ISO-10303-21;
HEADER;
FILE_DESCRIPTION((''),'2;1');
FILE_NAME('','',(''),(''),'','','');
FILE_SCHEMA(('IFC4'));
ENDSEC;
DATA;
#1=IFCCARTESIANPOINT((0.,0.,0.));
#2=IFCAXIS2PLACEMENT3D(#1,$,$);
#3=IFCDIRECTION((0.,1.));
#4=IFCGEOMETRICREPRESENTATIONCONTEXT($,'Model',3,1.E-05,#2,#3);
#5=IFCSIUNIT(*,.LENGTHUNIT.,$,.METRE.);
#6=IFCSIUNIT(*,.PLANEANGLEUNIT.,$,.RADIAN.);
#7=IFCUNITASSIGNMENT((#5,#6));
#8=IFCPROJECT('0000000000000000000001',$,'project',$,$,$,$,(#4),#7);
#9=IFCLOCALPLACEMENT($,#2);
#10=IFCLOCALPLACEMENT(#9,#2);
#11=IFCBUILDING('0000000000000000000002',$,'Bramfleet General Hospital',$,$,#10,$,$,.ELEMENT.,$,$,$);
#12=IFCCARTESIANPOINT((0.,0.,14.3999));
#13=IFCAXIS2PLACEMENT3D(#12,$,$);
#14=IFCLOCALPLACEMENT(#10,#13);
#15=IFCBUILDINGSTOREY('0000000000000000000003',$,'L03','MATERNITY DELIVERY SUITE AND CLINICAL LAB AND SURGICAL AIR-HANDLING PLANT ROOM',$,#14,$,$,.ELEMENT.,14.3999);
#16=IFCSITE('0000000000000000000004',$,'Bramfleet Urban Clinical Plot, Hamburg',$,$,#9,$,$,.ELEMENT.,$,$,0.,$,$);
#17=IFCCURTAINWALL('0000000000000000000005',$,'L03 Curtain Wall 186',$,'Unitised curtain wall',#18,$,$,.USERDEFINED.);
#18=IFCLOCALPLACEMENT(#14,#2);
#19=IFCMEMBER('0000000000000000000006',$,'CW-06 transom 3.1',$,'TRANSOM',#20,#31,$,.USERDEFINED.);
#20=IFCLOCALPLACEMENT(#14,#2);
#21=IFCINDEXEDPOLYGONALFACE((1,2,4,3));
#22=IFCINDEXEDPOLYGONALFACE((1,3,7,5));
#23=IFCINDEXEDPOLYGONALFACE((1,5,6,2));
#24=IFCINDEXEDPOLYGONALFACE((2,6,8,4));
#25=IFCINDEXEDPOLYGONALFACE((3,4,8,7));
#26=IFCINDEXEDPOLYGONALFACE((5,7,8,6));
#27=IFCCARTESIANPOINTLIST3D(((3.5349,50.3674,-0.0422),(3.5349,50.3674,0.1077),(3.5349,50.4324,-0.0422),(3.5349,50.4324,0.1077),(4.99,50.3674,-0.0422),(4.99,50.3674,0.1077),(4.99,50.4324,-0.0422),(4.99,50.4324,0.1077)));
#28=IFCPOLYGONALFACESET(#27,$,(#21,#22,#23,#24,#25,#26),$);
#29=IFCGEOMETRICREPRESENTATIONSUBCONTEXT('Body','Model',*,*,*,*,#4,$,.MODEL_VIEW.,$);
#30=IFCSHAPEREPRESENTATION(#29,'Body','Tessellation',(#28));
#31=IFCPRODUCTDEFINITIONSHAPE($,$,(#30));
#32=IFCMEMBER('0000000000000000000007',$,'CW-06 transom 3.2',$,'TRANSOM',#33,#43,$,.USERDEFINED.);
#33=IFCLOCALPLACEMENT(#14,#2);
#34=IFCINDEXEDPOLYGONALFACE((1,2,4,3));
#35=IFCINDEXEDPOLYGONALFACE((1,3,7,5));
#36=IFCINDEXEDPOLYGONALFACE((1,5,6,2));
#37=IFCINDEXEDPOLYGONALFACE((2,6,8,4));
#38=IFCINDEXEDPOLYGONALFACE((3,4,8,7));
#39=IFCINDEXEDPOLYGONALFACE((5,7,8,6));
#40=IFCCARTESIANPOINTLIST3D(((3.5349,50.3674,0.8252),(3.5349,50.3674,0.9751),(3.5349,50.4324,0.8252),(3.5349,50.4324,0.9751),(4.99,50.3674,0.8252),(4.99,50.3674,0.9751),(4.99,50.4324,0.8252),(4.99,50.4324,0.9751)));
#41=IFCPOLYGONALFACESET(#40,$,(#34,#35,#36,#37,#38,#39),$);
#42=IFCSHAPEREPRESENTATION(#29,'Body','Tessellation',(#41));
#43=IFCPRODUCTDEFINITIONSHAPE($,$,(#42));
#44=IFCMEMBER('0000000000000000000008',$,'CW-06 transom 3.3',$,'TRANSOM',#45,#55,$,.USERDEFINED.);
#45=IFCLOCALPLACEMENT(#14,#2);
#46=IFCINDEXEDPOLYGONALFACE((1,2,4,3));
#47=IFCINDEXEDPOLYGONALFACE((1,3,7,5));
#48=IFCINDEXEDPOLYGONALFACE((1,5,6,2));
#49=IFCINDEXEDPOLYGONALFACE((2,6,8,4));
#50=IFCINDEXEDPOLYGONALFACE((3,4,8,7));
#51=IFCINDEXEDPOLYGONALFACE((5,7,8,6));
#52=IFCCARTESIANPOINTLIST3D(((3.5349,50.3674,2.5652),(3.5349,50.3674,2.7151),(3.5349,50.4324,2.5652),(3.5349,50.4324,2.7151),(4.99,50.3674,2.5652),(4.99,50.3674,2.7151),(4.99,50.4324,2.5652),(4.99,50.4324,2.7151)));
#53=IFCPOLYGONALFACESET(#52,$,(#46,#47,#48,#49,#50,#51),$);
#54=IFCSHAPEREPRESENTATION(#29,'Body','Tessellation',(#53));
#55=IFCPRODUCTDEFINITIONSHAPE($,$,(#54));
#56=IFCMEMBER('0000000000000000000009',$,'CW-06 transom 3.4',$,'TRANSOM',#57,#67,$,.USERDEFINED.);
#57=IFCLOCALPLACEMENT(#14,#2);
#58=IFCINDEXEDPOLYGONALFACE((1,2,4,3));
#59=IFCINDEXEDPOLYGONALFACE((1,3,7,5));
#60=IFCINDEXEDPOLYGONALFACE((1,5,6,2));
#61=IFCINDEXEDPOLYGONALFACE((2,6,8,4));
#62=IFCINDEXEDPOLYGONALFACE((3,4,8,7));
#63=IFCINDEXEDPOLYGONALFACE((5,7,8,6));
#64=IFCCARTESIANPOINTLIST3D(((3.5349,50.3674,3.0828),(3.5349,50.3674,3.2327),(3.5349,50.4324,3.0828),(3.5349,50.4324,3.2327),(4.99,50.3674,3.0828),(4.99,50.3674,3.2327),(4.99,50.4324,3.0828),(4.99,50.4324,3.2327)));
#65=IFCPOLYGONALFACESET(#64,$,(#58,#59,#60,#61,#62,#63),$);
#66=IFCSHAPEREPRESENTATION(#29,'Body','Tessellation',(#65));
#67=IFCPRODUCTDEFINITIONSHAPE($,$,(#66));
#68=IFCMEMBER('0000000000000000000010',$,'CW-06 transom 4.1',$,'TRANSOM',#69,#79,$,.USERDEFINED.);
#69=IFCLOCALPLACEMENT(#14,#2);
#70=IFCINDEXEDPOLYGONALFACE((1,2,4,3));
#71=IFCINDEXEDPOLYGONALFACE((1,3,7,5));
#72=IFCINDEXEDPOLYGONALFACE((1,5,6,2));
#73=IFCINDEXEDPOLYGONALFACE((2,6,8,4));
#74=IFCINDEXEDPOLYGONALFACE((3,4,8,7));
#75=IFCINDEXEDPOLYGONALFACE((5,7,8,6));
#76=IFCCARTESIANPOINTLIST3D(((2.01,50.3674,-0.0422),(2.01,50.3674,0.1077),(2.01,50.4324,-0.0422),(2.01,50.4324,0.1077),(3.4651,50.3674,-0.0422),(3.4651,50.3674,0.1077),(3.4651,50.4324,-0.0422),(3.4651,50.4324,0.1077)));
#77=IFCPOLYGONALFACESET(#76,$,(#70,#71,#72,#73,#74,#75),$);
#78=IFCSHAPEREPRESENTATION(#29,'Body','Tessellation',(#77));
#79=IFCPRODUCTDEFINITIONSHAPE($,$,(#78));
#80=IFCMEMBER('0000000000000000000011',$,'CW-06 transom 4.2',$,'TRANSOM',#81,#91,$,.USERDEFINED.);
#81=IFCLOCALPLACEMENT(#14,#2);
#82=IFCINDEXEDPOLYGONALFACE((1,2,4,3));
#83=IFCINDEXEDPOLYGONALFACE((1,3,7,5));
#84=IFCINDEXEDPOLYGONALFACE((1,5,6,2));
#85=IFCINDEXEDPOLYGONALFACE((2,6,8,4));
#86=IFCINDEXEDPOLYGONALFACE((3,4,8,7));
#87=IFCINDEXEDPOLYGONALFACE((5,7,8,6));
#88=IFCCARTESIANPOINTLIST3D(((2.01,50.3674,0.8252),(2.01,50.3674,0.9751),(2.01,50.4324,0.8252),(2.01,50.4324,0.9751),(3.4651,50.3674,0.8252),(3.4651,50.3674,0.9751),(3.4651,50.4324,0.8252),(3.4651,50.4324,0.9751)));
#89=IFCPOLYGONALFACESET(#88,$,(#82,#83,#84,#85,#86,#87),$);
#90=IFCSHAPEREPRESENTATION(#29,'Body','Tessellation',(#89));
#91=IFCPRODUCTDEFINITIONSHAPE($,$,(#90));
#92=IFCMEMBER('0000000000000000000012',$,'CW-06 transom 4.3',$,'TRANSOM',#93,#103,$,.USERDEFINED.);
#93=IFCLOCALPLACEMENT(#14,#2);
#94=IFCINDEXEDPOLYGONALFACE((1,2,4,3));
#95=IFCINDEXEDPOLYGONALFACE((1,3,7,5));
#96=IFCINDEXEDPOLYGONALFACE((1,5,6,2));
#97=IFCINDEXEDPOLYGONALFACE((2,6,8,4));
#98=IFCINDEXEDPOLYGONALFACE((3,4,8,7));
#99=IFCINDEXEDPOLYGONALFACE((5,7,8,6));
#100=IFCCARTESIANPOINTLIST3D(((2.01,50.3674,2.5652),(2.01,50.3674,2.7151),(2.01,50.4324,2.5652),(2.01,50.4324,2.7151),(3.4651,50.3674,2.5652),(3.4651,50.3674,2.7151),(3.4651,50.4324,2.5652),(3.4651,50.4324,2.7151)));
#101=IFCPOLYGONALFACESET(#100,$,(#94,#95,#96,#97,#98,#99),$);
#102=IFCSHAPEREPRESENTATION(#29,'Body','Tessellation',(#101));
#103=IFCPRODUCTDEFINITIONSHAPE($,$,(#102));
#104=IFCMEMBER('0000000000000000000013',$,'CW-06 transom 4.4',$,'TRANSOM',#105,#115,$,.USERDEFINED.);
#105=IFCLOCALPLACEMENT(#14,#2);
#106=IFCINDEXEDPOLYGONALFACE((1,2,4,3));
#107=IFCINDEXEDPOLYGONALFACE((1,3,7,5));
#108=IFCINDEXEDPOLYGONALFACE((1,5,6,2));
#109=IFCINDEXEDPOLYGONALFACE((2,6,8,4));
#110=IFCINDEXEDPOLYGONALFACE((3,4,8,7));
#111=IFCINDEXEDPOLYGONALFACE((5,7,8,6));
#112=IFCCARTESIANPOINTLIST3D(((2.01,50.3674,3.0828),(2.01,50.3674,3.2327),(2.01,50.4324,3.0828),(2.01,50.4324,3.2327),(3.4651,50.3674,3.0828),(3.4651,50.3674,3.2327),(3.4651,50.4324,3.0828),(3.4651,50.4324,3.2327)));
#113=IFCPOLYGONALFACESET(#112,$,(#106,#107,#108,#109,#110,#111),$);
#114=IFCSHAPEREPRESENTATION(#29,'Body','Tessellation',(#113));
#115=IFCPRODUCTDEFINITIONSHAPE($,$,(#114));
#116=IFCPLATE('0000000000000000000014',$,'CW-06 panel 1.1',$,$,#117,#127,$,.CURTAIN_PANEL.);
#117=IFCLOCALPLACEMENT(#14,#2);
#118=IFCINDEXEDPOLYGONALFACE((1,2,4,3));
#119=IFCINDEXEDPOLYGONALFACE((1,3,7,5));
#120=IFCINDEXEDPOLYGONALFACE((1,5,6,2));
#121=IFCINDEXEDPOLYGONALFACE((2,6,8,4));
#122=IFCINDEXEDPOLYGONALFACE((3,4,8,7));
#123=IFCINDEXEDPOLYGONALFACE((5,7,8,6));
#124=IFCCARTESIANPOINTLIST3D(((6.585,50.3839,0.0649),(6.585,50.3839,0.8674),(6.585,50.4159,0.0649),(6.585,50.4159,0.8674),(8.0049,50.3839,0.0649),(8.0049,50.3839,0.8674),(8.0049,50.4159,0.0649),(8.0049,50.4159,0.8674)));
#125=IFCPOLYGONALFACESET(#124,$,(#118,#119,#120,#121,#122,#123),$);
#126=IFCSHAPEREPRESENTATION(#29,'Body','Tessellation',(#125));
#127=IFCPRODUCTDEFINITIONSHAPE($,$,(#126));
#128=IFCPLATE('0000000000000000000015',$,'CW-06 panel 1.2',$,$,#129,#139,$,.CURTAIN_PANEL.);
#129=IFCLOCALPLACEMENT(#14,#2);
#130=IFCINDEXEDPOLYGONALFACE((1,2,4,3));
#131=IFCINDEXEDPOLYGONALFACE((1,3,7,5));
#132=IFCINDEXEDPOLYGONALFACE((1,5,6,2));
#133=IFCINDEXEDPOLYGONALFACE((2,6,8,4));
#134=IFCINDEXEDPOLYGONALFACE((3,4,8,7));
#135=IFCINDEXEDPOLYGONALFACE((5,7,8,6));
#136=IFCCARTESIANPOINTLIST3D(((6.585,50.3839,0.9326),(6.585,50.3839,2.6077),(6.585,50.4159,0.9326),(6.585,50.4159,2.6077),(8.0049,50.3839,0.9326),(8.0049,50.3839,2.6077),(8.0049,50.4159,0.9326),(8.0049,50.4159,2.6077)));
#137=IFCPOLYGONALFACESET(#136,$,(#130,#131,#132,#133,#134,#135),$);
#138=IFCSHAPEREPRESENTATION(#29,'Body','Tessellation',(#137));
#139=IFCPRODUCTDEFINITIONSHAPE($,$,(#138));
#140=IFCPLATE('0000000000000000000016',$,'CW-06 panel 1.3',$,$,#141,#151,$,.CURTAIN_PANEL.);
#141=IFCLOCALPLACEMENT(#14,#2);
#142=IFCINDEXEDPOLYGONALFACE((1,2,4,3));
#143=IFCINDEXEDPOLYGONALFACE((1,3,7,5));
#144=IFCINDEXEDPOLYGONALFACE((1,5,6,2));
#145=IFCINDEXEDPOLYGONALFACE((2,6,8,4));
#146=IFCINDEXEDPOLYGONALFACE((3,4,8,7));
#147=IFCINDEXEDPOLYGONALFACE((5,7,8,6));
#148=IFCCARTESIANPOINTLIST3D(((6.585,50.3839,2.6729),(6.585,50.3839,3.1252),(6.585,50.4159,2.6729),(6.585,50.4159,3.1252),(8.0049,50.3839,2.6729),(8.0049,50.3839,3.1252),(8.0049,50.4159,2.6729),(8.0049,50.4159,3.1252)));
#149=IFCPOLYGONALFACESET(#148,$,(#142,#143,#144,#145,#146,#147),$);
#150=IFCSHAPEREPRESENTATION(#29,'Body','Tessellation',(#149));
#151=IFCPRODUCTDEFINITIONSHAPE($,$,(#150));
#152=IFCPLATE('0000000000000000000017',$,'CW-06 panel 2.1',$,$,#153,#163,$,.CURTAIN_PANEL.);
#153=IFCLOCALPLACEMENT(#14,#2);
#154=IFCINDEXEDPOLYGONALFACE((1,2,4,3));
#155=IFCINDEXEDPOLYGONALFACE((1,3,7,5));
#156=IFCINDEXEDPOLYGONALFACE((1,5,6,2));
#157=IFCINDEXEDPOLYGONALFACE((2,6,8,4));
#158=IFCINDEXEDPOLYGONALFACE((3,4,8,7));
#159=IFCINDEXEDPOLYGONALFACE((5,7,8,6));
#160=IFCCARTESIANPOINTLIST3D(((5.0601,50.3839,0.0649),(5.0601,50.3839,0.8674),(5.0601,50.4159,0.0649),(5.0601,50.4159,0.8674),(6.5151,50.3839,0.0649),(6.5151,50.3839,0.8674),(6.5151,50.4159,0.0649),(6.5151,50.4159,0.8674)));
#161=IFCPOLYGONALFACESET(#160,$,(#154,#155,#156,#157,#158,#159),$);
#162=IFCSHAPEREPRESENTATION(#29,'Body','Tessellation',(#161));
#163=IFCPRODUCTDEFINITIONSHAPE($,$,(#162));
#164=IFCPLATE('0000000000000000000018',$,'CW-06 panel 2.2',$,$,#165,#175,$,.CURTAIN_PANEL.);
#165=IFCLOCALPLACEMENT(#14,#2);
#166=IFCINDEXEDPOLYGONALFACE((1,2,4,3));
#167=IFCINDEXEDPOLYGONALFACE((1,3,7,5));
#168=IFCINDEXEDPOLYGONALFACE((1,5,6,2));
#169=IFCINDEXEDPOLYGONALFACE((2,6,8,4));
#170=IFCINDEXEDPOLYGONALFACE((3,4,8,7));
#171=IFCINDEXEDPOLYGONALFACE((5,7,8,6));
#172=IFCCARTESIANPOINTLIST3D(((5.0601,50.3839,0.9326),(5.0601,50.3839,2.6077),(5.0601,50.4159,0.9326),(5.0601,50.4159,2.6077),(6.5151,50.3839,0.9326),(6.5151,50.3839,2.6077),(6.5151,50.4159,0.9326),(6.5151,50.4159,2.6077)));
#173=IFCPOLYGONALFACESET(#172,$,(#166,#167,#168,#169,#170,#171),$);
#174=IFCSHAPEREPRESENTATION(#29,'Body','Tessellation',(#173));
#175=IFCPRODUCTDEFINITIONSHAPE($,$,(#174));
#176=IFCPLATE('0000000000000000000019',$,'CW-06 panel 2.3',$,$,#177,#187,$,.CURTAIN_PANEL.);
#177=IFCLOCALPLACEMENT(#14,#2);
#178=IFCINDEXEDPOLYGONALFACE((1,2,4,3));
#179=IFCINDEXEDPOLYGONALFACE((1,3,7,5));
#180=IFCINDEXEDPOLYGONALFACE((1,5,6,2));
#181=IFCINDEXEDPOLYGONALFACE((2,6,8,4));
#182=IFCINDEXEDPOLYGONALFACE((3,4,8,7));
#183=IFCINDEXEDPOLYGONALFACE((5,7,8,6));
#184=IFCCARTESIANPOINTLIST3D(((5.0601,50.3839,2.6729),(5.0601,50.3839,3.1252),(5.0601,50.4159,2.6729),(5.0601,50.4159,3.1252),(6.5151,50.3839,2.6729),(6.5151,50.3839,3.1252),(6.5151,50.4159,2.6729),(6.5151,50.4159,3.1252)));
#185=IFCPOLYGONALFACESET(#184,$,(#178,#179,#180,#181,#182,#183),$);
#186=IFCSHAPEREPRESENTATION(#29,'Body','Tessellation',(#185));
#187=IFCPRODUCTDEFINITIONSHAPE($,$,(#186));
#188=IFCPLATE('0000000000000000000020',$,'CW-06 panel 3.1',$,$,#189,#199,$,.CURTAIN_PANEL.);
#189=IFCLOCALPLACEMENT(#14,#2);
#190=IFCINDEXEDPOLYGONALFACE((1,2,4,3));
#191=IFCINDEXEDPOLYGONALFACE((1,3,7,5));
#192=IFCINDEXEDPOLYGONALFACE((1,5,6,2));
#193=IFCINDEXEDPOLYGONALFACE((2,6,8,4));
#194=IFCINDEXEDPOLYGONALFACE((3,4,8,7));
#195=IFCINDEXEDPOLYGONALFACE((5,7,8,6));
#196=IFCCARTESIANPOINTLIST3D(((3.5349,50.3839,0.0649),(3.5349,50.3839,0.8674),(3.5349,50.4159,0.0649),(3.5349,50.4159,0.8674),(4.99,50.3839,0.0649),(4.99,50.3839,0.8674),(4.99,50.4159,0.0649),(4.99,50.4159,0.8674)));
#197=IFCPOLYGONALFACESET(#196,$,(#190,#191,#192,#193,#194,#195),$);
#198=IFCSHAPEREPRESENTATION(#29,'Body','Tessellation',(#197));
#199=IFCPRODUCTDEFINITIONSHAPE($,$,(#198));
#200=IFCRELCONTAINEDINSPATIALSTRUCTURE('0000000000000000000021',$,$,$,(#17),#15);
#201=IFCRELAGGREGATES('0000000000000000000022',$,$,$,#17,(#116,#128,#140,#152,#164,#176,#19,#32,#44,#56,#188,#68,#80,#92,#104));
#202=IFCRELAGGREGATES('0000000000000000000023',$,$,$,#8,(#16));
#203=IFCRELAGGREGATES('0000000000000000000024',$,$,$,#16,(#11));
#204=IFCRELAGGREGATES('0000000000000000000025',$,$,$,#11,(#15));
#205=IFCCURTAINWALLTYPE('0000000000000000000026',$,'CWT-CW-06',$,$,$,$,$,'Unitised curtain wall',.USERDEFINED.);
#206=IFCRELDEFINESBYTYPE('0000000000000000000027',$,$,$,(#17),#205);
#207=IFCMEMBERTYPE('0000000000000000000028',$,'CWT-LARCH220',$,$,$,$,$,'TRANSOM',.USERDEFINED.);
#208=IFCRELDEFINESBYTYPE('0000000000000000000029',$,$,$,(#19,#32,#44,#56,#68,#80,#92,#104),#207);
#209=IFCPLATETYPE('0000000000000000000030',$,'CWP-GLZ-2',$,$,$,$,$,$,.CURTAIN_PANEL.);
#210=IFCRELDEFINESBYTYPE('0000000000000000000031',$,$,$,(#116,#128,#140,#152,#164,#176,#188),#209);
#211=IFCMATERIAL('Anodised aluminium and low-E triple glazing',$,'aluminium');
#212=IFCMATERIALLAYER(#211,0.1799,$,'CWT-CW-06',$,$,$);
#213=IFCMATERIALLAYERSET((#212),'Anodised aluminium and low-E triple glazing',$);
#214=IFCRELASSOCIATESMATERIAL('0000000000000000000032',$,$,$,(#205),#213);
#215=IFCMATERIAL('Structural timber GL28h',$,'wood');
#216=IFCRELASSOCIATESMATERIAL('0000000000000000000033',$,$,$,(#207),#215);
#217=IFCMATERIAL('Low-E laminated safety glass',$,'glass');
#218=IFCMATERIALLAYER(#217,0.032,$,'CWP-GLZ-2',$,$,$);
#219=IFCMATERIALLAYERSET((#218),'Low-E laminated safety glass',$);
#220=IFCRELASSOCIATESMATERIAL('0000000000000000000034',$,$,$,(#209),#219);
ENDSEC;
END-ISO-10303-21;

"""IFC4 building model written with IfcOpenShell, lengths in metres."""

from ifc_helpers import new_model, si_unit, direction, frame, origin, origin_2d, place, context, subcontext, project, spatial, rectangle, extrude, material, layer, layer_set, material_profile, profile_set, type_object, element, aggregate, save


model = new_model("IFC4")

# Units and contexts
model_context = context("Model", 3, precision=1e-05, world=origin(), true_north=direction((0.0, 1.0)))
body_context = subcontext(model_context, "Body", "Model", "MODEL_VIEW")
ifc_project = project(units=[si_unit("LENGTHUNIT", "METRE"), si_unit("PLANEANGLEUNIT", "RADIAN")], contexts=[model_context])

# Site, building, storey
site_placement = place(None, origin())
site = spatial("IfcSite", under=ifc_project, at=site_placement, Name="Bramfleet Urban Clinical Plot, Hamburg", CompositionType="ELEMENT", RefElevation=0.0)
building_placement = place(site_placement, origin())
building = spatial("IfcBuilding", under=site, at=building_placement, Name="Bramfleet General Hospital", CompositionType="ELEMENT")
storey_placement = place(building_placement, frame((0.0, 0.0, 14.3999)))
storey = spatial("IfcBuildingStorey", under=building, at=storey_placement, Name="L03", Description="MATERNITY DELIVERY SUITE AND CLINICAL LAB AND SURGICAL AIR-HANDLING PLANT ROOM", CompositionType="ELEMENT", Elevation=14.3999)

# Curtain wall, members, plates
ifc_material_1 = material(Name="Anodised aluminium and low-E triple glazing", Category="aluminium")
ifc_layer_1 = layer(ifc_material_1, 0.1799, Name="CWT-CW-06")
ifc_layer_set_1 = layer_set([ifc_layer_1], Name="Anodised aluminium and low-E triple glazing")
curtain_wall_type = type_object("IfcCurtainWallType", Name="CWT-CW-06", ElementType="Unitised curtain wall", PredefinedType="USERDEFINED", material=ifc_layer_set_1)
curtain_wall_placement = place(storey_placement, origin())
curtain_wall = element("IfcCurtainWall", 1, at=curtain_wall_placement, inside=storey, type_object=curtain_wall_type, Name="L03 Curtain Wall 186", ObjectType="Unitised curtain wall", PredefinedType="USERDEFINED")
ifc_material_2 = material(Name="Structural timber GL28h", Category="wood")
ifc_material_profile_1 = material_profile(ifc_material_2, rectangle(XDim=0.0649, YDim=0.1499, at=origin_2d()), Name="LARCH 150x65")
ifc_profile_set_1 = profile_set([ifc_material_profile_1], Name="Structural timber GL28h")
member_type_1 = type_object("IfcMemberType", Name="CWT-LARCH220", ElementType="TRANSOM", PredefinedType="USERDEFINED", material=ifc_profile_set_1)
member_1_placement = place(storey_placement, frame((4.99, 50.3999, 0.0327), z_axis=(-1.0, 0.0, 0.0), x_axis=(0.0, -1.0, 0.0)))
member_1 = element("IfcMember", 2, at=member_1_placement, type_object=member_type_1, Name="CW-06 transom 3.1", ObjectType="TRANSOM", PredefinedType="USERDEFINED", context=body_context, shape_type="SweptSolid", body=[
    extrude(rectangle(XDim=0.0649, YDim=0.1499, at=origin_2d()), origin(), (0.0, 0.0, 1.0), 1.4551),
])
member_2_placement = place(storey_placement, frame((4.99, 50.3999, 0.9001), z_axis=(-1.0, 0.0, 0.0), x_axis=(0.0, -1.0, 0.0)))
member_2 = element("IfcMember", 3, at=member_2_placement, type_object=member_type_1, Name="CW-06 transom 3.2", ObjectType="TRANSOM", PredefinedType="USERDEFINED", context=body_context, shape_type="SweptSolid", body=[
    extrude(rectangle(XDim=0.0649, YDim=0.1499, at=origin_2d()), origin(), (0.0, 0.0, 1.0), 1.4551),
])
member_3_placement = place(storey_placement, frame((4.99, 50.3999, 2.6401), z_axis=(-1.0, 0.0, 0.0), x_axis=(0.0, -1.0, 0.0)))
member_3 = element("IfcMember", 4, at=member_3_placement, type_object=member_type_1, Name="CW-06 transom 3.3", ObjectType="TRANSOM", PredefinedType="USERDEFINED", context=body_context, shape_type="SweptSolid", body=[
    extrude(rectangle(XDim=0.0649, YDim=0.1499, at=origin_2d()), origin(), (0.0, 0.0, 1.0), 1.4551),
])
member_4_placement = place(storey_placement, frame((4.99, 50.3999, 3.1577), z_axis=(-1.0, 0.0, 0.0), x_axis=(0.0, -1.0, 0.0)))
member_4 = element("IfcMember", 5, at=member_4_placement, type_object=member_type_1, Name="CW-06 transom 3.4", ObjectType="TRANSOM", PredefinedType="USERDEFINED", context=body_context, shape_type="SweptSolid", body=[
    extrude(rectangle(XDim=0.0649, YDim=0.1499, at=origin_2d()), origin(), (0.0, 0.0, 1.0), 1.4551),
])
member_5_placement = place(storey_placement, frame((3.4651, 50.3999, 0.0327), z_axis=(-1.0, 0.0, 0.0), x_axis=(0.0, -1.0, 0.0)))
member_5 = element("IfcMember", 6, at=member_5_placement, type_object=member_type_1, Name="CW-06 transom 4.1", ObjectType="TRANSOM", PredefinedType="USERDEFINED", context=body_context, shape_type="SweptSolid", body=[
    extrude(rectangle(XDim=0.0649, YDim=0.1499, at=origin_2d()), origin(), (0.0, 0.0, 1.0), 1.4551),
])
member_6_placement = place(storey_placement, frame((3.4651, 50.3999, 0.9001), z_axis=(-1.0, 0.0, 0.0), x_axis=(0.0, -1.0, 0.0)))
member_6 = element("IfcMember", 7, at=member_6_placement, type_object=member_type_1, Name="CW-06 transom 4.2", ObjectType="TRANSOM", PredefinedType="USERDEFINED", context=body_context, shape_type="SweptSolid", body=[
    extrude(rectangle(XDim=0.0649, YDim=0.1499, at=origin_2d()), origin(), (0.0, 0.0, 1.0), 1.4551),
])
member_7_placement = place(storey_placement, frame((3.4651, 50.3999, 2.6401), z_axis=(-1.0, 0.0, 0.0), x_axis=(0.0, -1.0, 0.0)))
member_7 = element("IfcMember", 8, at=member_7_placement, type_object=member_type_1, Name="CW-06 transom 4.3", ObjectType="TRANSOM", PredefinedType="USERDEFINED", context=body_context, shape_type="SweptSolid", body=[
    extrude(rectangle(XDim=0.0649, YDim=0.1499, at=origin_2d()), origin(), (0.0, 0.0, 1.0), 1.4551),
])
member_8_placement = place(storey_placement, frame((3.4651, 50.3999, 3.1577), z_axis=(-1.0, 0.0, 0.0), x_axis=(0.0, -1.0, 0.0)))
member_8 = element("IfcMember", 9, at=member_8_placement, type_object=member_type_1, Name="CW-06 transom 4.4", ObjectType="TRANSOM", PredefinedType="USERDEFINED", context=body_context, shape_type="SweptSolid", body=[
    extrude(rectangle(XDim=0.0649, YDim=0.1499, at=origin_2d()), origin(), (0.0, 0.0, 1.0), 1.4551),
])
ifc_material_3 = material(Name="Low-E laminated safety glass", Category="glass")
ifc_layer_2 = layer(ifc_material_3, 0.032, Name="CWP-GLZ-2")
ifc_layer_set_2 = layer_set([ifc_layer_2], Name="Low-E laminated safety glass")
plate_type = type_object("IfcPlateType", Name="CWP-GLZ-2", PredefinedType="CURTAIN_PANEL", material=ifc_layer_set_2)
plate_1_placement = place(storey_placement, frame((7.2949, 50.3999, 0.0649), z_axis=(0.0, 0.0, 1.0), x_axis=(-1.0, 0.0, 0.0)))
plate_1 = element("IfcPlate", 10, at=plate_1_placement, type_object=plate_type, Name="CW-06 panel 1.1", PredefinedType="CURTAIN_PANEL", context=body_context, shape_type="SweptSolid", body=[
    extrude(rectangle(XDim=1.4199, YDim=0.032, at=origin_2d()), origin(), (0.0, 0.0, 1.0), 0.8025),
])
plate_2_placement = place(storey_placement, frame((7.2949, 50.3999, 0.9326), z_axis=(0.0, 0.0, 1.0), x_axis=(-1.0, 0.0, 0.0)))
plate_2 = element("IfcPlate", 11, at=plate_2_placement, type_object=plate_type, Name="CW-06 panel 1.2", PredefinedType="CURTAIN_PANEL", context=body_context, shape_type="SweptSolid", body=[
    extrude(rectangle(XDim=1.4199, YDim=0.032, at=origin_2d()), origin(), (0.0, 0.0, 1.0), 1.675),
])
plate_3_placement = place(storey_placement, frame((7.2949, 50.3999, 2.6729), z_axis=(0.0, 0.0, 1.0), x_axis=(-1.0, 0.0, 0.0)))
plate_3 = element("IfcPlate", 12, at=plate_3_placement, type_object=plate_type, Name="CW-06 panel 1.3", PredefinedType="CURTAIN_PANEL", context=body_context, shape_type="SweptSolid", body=[
    extrude(rectangle(XDim=1.4199, YDim=0.032, at=origin_2d()), origin(), (0.0, 0.0, 1.0), 0.4524),
])
plate_4_placement = place(storey_placement, frame((5.7876, 50.3999, 0.0649), z_axis=(0.0, 0.0, 1.0), x_axis=(-1.0, 0.0, 0.0)))
plate_4 = element("IfcPlate", 13, at=plate_4_placement, type_object=plate_type, Name="CW-06 panel 2.1", PredefinedType="CURTAIN_PANEL", context=body_context, shape_type="SweptSolid", body=[
    extrude(rectangle(XDim=1.4551, YDim=0.032, at=origin_2d()), origin(), (0.0, 0.0, 1.0), 0.8025),
])
plate_5_placement = place(storey_placement, frame((5.7876, 50.3999, 0.9326), z_axis=(0.0, 0.0, 1.0), x_axis=(-1.0, 0.0, 0.0)))
plate_5 = element("IfcPlate", 14, at=plate_5_placement, type_object=plate_type, Name="CW-06 panel 2.2", PredefinedType="CURTAIN_PANEL", context=body_context, shape_type="SweptSolid", body=[
    extrude(rectangle(XDim=1.4551, YDim=0.032, at=origin_2d()), origin(), (0.0, 0.0, 1.0), 1.675),
])
plate_6_placement = place(storey_placement, frame((5.7876, 50.3999, 2.6729), z_axis=(0.0, 0.0, 1.0), x_axis=(-1.0, 0.0, 0.0)))
plate_6 = element("IfcPlate", 15, at=plate_6_placement, type_object=plate_type, Name="CW-06 panel 2.3", PredefinedType="CURTAIN_PANEL", context=body_context, shape_type="SweptSolid", body=[
    extrude(rectangle(XDim=1.4551, YDim=0.032, at=origin_2d()), origin(), (0.0, 0.0, 1.0), 0.4524),
])
plate_7_placement = place(storey_placement, frame((4.2625, 50.3999, 0.0649), z_axis=(0.0, 0.0, 1.0), x_axis=(-1.0, 0.0, 0.0)))
plate_7 = element("IfcPlate", 16, at=plate_7_placement, type_object=plate_type, Name="CW-06 panel 3.1", PredefinedType="CURTAIN_PANEL", context=body_context, shape_type="SweptSolid", body=[
    extrude(rectangle(XDim=1.4551, YDim=0.032, at=origin_2d()), origin(), (0.0, 0.0, 1.0), 0.8025),
])
aggregate(curtain_wall, [plate_1, plate_2, plate_3, plate_4, plate_5, plate_6, member_1, member_2, member_3, member_4, plate_7, member_5, member_6, member_7, member_8])

save(model, "model.ifc")
